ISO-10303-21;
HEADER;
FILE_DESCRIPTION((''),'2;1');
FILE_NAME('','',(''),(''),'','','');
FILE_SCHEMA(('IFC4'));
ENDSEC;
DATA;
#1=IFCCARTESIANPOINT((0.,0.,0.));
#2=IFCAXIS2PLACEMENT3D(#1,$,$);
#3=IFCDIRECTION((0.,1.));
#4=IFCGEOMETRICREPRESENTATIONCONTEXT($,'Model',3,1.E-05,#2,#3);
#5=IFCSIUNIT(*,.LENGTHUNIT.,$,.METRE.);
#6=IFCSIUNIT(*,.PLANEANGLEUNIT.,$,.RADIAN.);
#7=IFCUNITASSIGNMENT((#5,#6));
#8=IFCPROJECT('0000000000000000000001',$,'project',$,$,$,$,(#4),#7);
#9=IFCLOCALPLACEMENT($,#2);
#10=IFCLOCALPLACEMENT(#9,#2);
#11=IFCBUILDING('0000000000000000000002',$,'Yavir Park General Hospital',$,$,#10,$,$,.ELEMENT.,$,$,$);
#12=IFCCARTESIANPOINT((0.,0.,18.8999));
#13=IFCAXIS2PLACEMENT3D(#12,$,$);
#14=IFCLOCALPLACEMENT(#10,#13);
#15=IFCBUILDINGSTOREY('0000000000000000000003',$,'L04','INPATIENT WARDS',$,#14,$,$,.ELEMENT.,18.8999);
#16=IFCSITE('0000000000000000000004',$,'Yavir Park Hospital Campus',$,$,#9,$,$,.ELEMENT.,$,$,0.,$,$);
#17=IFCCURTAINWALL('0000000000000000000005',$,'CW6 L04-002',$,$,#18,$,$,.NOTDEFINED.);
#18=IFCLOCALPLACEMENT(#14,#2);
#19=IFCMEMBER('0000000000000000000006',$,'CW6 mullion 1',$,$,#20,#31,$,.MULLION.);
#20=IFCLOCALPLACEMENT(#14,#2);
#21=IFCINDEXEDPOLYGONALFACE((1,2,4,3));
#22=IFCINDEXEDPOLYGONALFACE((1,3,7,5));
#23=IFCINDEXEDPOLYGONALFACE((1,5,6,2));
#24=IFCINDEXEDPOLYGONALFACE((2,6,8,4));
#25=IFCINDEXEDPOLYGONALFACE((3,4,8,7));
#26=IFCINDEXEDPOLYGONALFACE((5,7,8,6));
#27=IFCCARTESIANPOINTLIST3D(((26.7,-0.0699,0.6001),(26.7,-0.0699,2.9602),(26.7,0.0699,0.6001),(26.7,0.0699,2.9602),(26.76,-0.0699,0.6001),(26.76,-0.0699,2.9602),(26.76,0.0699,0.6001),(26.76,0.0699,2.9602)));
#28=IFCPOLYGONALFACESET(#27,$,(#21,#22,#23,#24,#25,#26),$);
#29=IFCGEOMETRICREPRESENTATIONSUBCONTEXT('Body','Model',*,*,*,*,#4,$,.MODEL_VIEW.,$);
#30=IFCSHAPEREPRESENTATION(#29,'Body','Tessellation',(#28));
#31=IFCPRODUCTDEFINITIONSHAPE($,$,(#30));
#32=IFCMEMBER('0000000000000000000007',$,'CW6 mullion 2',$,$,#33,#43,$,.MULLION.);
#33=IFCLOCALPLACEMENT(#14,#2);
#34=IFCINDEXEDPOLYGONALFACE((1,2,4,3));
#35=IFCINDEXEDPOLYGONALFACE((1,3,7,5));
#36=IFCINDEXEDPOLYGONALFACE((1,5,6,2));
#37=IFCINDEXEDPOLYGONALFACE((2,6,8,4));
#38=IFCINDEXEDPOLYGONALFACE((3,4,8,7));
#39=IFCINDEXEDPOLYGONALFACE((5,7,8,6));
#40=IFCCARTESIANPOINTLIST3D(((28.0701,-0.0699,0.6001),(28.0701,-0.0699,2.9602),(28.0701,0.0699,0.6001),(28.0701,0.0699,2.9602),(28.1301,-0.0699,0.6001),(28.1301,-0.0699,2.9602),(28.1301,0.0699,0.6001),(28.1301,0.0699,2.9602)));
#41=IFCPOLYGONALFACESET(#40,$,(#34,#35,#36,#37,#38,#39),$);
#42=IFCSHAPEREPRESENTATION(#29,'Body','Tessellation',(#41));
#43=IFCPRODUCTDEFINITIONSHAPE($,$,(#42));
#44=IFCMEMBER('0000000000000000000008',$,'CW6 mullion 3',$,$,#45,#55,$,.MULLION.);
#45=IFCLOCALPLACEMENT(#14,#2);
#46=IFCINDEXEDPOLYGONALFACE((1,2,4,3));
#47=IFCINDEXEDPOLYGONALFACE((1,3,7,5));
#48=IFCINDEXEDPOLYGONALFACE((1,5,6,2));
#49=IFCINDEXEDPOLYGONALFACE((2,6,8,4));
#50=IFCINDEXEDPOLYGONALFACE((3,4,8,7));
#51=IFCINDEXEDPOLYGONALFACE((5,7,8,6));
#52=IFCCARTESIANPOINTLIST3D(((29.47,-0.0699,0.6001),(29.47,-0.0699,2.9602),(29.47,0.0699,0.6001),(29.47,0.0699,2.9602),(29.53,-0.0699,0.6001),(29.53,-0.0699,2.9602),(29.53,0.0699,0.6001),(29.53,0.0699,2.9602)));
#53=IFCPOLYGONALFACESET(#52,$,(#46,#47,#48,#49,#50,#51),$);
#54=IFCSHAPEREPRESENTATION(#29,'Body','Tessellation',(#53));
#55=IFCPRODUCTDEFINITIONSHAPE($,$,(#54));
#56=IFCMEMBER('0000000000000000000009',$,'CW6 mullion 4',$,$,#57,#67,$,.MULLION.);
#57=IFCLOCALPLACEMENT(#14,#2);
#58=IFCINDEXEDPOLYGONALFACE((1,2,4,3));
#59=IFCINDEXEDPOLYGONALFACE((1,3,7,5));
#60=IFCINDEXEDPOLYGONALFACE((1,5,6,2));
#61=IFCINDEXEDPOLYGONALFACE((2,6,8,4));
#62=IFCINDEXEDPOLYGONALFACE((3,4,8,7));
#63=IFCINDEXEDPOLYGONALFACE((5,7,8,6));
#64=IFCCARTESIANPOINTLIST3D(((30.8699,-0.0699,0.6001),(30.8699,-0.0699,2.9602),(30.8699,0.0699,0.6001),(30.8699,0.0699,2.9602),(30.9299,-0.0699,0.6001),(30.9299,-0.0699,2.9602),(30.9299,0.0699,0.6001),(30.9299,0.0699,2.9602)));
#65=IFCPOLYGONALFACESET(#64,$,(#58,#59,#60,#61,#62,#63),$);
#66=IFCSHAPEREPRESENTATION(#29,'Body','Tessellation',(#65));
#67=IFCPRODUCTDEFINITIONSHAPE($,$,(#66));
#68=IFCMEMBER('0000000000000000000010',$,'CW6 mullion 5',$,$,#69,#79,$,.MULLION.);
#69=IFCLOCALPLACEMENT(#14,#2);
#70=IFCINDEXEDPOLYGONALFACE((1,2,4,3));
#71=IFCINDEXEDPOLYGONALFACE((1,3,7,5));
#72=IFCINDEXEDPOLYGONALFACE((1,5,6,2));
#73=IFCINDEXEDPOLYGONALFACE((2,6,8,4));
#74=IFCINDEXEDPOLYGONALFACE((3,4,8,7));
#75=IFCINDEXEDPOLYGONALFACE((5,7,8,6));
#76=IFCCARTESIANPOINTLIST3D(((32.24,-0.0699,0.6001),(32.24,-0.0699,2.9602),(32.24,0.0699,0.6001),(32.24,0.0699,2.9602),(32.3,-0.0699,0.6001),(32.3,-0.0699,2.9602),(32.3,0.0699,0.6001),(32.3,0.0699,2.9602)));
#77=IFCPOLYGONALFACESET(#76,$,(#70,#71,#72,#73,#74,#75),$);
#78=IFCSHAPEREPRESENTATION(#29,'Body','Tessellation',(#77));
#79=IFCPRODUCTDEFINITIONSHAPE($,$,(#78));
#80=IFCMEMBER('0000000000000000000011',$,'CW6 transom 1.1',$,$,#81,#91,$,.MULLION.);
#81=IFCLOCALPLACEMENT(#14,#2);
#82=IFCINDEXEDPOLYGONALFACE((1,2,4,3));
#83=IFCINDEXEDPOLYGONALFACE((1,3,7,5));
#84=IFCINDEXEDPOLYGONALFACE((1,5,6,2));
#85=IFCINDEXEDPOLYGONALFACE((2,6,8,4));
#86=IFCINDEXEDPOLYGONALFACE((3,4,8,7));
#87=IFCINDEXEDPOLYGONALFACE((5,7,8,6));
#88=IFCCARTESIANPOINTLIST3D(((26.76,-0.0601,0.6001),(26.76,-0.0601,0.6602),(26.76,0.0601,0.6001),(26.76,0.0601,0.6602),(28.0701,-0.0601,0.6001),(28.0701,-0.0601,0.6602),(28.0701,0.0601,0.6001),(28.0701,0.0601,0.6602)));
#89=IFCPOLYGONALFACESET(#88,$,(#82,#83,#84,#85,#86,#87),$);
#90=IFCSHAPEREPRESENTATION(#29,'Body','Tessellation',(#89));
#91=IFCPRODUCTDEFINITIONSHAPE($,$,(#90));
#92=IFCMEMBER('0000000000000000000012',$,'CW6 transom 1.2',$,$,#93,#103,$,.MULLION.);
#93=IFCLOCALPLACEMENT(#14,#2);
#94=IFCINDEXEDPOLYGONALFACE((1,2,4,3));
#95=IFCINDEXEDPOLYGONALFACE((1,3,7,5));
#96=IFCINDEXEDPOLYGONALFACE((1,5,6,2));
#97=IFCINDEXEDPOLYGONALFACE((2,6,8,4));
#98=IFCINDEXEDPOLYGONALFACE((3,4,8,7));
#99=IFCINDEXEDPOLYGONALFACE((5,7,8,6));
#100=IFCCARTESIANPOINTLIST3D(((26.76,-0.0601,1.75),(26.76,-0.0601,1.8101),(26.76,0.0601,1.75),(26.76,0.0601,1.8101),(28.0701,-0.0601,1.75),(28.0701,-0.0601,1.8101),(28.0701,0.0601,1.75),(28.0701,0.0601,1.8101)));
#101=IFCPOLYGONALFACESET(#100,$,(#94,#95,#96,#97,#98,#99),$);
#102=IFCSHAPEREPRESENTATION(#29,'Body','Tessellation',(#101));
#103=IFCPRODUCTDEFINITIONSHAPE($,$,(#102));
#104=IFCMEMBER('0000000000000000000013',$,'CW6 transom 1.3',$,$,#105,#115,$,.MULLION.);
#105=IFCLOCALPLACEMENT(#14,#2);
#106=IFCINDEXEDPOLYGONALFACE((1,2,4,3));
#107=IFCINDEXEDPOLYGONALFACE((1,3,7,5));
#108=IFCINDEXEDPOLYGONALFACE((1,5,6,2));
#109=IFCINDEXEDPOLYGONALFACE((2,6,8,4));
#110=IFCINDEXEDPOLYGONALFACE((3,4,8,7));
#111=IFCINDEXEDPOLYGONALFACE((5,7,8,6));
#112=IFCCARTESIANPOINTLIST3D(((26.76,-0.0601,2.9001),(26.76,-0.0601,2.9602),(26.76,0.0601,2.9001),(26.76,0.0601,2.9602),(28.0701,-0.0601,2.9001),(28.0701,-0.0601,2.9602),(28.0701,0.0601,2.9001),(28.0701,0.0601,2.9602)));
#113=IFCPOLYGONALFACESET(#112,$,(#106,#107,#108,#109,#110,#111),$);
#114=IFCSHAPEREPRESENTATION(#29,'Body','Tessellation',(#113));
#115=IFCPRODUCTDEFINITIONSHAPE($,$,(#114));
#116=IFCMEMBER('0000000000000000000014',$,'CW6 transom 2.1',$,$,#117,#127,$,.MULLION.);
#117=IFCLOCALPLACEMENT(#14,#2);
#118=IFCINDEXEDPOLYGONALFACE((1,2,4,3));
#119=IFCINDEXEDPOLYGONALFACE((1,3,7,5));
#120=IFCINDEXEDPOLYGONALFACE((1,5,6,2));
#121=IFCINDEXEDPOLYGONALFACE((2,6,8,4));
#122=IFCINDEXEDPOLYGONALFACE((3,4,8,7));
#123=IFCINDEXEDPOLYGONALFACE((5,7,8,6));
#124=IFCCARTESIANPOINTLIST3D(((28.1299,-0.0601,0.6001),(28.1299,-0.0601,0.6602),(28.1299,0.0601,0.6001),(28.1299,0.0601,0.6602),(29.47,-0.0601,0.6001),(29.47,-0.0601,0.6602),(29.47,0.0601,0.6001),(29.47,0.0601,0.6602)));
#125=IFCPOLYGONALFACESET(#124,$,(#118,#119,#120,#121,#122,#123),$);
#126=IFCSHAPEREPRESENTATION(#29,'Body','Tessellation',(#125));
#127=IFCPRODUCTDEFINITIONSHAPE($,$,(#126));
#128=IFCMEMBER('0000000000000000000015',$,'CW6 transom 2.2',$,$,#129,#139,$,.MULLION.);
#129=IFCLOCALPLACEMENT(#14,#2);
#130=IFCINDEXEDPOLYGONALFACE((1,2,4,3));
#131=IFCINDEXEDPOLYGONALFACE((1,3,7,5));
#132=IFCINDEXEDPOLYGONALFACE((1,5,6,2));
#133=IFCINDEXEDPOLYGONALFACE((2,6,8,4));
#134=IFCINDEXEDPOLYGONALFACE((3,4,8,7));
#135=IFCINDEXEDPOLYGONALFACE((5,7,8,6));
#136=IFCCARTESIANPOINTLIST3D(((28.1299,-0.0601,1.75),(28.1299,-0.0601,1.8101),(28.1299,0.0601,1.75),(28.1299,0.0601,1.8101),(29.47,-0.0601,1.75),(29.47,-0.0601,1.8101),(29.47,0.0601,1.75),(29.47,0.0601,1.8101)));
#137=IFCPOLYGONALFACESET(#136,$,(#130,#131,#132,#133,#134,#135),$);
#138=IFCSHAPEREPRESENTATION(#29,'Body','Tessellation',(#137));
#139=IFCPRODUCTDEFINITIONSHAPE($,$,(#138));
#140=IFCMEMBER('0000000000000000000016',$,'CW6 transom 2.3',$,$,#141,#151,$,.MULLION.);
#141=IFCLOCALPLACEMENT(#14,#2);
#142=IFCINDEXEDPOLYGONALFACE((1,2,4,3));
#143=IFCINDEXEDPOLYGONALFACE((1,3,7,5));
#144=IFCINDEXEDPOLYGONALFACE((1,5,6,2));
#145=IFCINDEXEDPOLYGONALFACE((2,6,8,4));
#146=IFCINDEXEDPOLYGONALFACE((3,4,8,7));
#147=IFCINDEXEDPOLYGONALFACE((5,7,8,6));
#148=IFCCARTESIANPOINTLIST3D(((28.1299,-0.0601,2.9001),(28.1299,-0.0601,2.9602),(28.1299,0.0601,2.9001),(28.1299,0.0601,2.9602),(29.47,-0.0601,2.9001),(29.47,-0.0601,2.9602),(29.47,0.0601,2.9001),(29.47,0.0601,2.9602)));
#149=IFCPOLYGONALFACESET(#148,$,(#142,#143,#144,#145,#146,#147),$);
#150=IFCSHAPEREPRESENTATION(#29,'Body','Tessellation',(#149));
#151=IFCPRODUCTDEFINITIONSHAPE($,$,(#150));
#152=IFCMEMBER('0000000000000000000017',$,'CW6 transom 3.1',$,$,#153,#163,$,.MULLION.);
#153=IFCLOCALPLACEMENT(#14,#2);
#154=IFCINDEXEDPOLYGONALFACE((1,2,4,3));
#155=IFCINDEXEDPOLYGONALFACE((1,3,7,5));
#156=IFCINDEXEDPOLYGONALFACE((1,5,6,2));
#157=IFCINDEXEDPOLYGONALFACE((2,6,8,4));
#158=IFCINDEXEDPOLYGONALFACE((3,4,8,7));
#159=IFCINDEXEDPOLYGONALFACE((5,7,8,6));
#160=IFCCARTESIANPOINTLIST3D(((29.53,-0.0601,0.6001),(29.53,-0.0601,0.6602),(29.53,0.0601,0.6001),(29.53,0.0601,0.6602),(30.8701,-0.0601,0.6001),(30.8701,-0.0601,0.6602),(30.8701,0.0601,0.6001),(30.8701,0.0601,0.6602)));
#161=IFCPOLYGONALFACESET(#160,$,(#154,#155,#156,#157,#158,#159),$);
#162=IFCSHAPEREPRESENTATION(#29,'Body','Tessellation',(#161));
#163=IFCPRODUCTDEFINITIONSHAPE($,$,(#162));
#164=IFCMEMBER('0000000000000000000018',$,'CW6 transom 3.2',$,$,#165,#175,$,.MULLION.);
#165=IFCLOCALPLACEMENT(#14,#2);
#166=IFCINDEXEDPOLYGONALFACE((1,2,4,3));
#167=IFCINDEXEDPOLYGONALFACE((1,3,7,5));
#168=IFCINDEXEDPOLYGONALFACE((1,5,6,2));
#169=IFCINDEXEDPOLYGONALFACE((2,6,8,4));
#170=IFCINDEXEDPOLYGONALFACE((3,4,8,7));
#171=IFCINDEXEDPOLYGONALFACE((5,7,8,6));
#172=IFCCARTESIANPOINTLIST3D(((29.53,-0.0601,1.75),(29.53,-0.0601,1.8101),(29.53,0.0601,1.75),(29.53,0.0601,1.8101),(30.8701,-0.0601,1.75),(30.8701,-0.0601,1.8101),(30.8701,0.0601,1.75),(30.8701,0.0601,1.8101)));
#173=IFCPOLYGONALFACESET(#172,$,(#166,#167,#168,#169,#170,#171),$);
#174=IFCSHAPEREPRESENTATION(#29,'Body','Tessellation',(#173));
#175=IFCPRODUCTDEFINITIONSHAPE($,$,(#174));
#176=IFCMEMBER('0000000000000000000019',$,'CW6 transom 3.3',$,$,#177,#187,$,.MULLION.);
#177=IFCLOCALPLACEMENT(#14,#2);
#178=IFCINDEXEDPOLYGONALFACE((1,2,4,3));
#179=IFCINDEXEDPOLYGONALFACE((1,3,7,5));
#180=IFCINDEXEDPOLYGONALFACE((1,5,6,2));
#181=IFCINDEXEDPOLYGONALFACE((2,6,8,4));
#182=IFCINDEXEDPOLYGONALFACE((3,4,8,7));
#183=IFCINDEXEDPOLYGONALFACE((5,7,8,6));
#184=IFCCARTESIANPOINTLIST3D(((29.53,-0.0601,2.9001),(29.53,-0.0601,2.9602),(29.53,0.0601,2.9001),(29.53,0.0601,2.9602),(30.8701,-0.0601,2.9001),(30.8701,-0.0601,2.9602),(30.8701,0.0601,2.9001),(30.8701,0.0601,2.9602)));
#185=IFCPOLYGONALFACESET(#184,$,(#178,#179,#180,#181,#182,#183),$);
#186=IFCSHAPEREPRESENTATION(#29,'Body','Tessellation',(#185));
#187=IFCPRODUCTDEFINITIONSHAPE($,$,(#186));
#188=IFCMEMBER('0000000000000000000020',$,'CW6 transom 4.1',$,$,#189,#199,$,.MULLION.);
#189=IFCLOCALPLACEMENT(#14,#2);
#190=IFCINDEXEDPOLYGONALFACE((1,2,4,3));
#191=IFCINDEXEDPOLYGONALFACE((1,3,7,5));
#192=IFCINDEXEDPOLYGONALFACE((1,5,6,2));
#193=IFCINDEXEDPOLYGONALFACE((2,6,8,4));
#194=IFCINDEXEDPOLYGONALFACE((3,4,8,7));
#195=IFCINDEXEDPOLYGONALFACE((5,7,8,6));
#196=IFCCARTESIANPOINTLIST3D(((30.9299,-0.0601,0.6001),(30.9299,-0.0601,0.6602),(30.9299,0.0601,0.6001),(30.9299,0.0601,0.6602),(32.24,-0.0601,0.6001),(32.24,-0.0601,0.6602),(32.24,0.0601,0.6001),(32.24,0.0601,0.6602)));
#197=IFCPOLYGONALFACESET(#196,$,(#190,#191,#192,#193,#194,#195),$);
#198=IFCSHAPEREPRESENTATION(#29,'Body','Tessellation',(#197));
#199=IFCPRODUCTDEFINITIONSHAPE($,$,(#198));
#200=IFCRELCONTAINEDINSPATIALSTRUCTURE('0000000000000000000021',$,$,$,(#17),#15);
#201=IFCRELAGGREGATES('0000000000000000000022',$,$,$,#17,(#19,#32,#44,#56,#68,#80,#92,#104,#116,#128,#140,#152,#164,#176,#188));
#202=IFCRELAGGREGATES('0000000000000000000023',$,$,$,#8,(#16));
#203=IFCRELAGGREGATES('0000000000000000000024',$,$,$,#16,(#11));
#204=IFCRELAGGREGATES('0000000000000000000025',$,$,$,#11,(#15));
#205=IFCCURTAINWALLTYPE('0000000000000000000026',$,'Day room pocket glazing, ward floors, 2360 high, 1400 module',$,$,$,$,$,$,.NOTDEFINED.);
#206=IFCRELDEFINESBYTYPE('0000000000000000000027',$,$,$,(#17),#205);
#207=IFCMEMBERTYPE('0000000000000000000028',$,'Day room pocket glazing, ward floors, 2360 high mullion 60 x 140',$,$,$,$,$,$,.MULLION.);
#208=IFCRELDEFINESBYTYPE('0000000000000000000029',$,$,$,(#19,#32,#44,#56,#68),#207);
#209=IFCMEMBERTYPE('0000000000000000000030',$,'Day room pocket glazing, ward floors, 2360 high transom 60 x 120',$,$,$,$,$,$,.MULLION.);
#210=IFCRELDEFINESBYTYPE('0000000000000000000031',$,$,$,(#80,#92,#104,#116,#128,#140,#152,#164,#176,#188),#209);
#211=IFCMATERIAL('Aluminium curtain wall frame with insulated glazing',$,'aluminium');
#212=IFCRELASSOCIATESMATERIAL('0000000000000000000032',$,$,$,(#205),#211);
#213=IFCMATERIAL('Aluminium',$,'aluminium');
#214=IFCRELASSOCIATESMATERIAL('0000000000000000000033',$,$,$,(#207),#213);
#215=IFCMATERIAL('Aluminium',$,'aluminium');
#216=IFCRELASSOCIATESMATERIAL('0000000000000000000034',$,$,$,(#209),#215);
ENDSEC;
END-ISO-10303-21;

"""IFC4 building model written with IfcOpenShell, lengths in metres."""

from ifc_helpers import new_model, si_unit, direction, frame, origin, origin_2d, place, context, subcontext, project, spatial, rectangle, extrude, material, material_profile, profile_set, type_object, element, aggregate, save


model = new_model("IFC4")

# Units and contexts
model_context = context("Model", 3, precision=1e-05, world=origin(), true_north=direction((0.0, 1.0)))
body_context = subcontext(model_context, "Body", "Model", "MODEL_VIEW")
ifc_project = project(units=[si_unit("LENGTHUNIT", "METRE"), si_unit("PLANEANGLEUNIT", "RADIAN")], contexts=[model_context])

# Site, building, storey
site_placement = place(None, origin())
site = spatial("IfcSite", under=ifc_project, at=site_placement, Name="Yavir Park Hospital Campus", CompositionType="ELEMENT", RefElevation=0.0)
building_placement = place(site_placement, origin())
building = spatial("IfcBuilding", under=site, at=building_placement, Name="Yavir Park General Hospital", CompositionType="ELEMENT")
storey_placement = place(building_placement, frame((0.0, 0.0, 18.8999)))
storey = spatial("IfcBuildingStorey", under=building, at=storey_placement, Name="L04", Description="INPATIENT WARDS", CompositionType="ELEMENT", Elevation=18.8999)

# Curtain wall, members
ifc_material_1 = material(Name="Aluminium curtain wall frame with insulated glazing", Category="aluminium")
curtain_wall_type_1 = type_object("IfcCurtainWallType", Name="Day room pocket glazing, ward floors, 2360 high, 1400 module", PredefinedType="NOTDEFINED", material=ifc_material_1)
curtain_wall_1_placement = place(storey_placement, origin())
curtain_wall_1 = element("IfcCurtainWall", 1, at=curtain_wall_1_placement, inside=storey, type_object=curtain_wall_type_1, Name="CW6 L04-002", PredefinedType="NOTDEFINED")
ifc_material_2 = material(Name="Aluminium", Category="aluminium")
ifc_material_profile_1 = material_profile(ifc_material_2, rectangle(XDim=0.1399, YDim=0.0601, at=origin_2d()), Name="AL 60x140")
ifc_profile_set_1 = profile_set([ifc_material_profile_1], Name="Aluminium")
member_type_1 = type_object("IfcMemberType", Name="Day room pocket glazing, ward floors, 2360 high mullion 60 x 140", PredefinedType="MULLION", material=ifc_profile_set_1)
member_1_placement = place(storey_placement, frame((26.73, 0.0, 0.6001), z_axis=(0.0, 0.0, 1.0), x_axis=(0.0, 1.0, 0.0)))
member_1 = element("IfcMember", 2, at=member_1_placement, type_object=member_type_1, Name="CW6 mullion 1", PredefinedType="MULLION", context=body_context, shape_type="SweptSolid", body=[
    extrude(rectangle(XDim=0.1399, YDim=0.0601, at=origin_2d()), origin(), (0.0, 0.0, 1.0), 2.3601),
])
member_2_placement = place(storey_placement, frame((28.1001, 0.0, 0.6001), z_axis=(0.0, 0.0, 1.0), x_axis=(0.0, 1.0, 0.0)))
member_2 = element("IfcMember", 3, at=member_2_placement, type_object=member_type_1, Name="CW6 mullion 2", PredefinedType="MULLION", context=body_context, shape_type="SweptSolid", body=[
    extrude(rectangle(XDim=0.1399, YDim=0.0601, at=origin_2d()), origin(), (0.0, 0.0, 1.0), 2.3601),
])
member_3_placement = place(storey_placement, frame((29.5, 0.0, 0.6001), z_axis=(0.0, 0.0, 1.0), x_axis=(0.0, 1.0, 0.0)))
member_3 = element("IfcMember", 4, at=member_3_placement, type_object=member_type_1, Name="CW6 mullion 3", PredefinedType="MULLION", context=body_context, shape_type="SweptSolid", body=[
    extrude(rectangle(XDim=0.1399, YDim=0.0601, at=origin_2d()), origin(), (0.0, 0.0, 1.0), 2.3601),
])
member_4_placement = place(storey_placement, frame((30.8999, 0.0, 0.6001), z_axis=(0.0, 0.0, 1.0), x_axis=(0.0, 1.0, 0.0)))
member_4 = element("IfcMember", 5, at=member_4_placement, type_object=member_type_1, Name="CW6 mullion 4", PredefinedType="MULLION", context=body_context, shape_type="SweptSolid", body=[
    extrude(rectangle(XDim=0.1399, YDim=0.0601, at=origin_2d()), origin(), (0.0, 0.0, 1.0), 2.3601),
])
member_5_placement = place(storey_placement, frame((32.27, 0.0, 0.6001), z_axis=(0.0, 0.0, 1.0), x_axis=(0.0, 1.0, 0.0)))
member_5 = element("IfcMember", 6, at=member_5_placement, type_object=member_type_1, Name="CW6 mullion 5", PredefinedType="MULLION", context=body_context, shape_type="SweptSolid", body=[
    extrude(rectangle(XDim=0.1399, YDim=0.0601, at=origin_2d()), origin(), (0.0, 0.0, 1.0), 2.3601),
])
ifc_material_3 = material(Name="Aluminium", Category="aluminium")
ifc_material_profile_2 = material_profile(ifc_material_3, rectangle(XDim=0.1201, YDim=0.0601, at=origin_2d()), Name="AL 120x60")
ifc_profile_set_2 = profile_set([ifc_material_profile_2], Name="Aluminium")
member_type_2 = type_object("IfcMemberType", Name="Day room pocket glazing, ward floors, 2360 high transom 60 x 120", PredefinedType="MULLION", material=ifc_profile_set_2)
member_6_placement = place(storey_placement, frame((26.76, 0.0, 0.6301), z_axis=(1.0, 0.0, 0.0), x_axis=(0.0, 1.0, 0.0)))
member_6 = element("IfcMember", 7, at=member_6_placement, type_object=member_type_2, Name="CW6 transom 1.1", PredefinedType="MULLION", context=body_context, shape_type="SweptSolid", body=[
    extrude(rectangle(XDim=0.1201, YDim=0.0601, at=origin_2d()), origin(), (0.0, 0.0, 1.0), 1.3101),
])
member_7_placement = place(storey_placement, frame((26.76, 0.0, 1.78), z_axis=(1.0, 0.0, 0.0), x_axis=(0.0, 1.0, 0.0)))
member_7 = element("IfcMember", 8, at=member_7_placement, type_object=member_type_2, Name="CW6 transom 1.2", PredefinedType="MULLION", context=body_context, shape_type="SweptSolid", body=[
    extrude(rectangle(XDim=0.1201, YDim=0.0601, at=origin_2d()), origin(), (0.0, 0.0, 1.0), 1.3101),
])
member_8_placement = place(storey_placement, frame((26.76, 0.0, 2.9302), z_axis=(1.0, 0.0, 0.0), x_axis=(0.0, 1.0, 0.0)))
member_8 = element("IfcMember", 9, at=member_8_placement, type_object=member_type_2, Name="CW6 transom 1.3", PredefinedType="MULLION", context=body_context, shape_type="SweptSolid", body=[
    extrude(rectangle(XDim=0.1201, YDim=0.0601, at=origin_2d()), origin(), (0.0, 0.0, 1.0), 1.3101),
])
member_9_placement = place(storey_placement, frame((28.1299, 0.0, 0.6301), z_axis=(1.0, 0.0, 0.0), x_axis=(0.0, 1.0, 0.0)))
member_9 = element("IfcMember", 10, at=member_9_placement, type_object=member_type_2, Name="CW6 transom 2.1", PredefinedType="MULLION", context=body_context, shape_type="SweptSolid", body=[
    extrude(rectangle(XDim=0.1201, YDim=0.0601, at=origin_2d()), origin(), (0.0, 0.0, 1.0), 1.3401),
])
member_10_placement = place(storey_placement, frame((28.1299, 0.0, 1.78), z_axis=(1.0, 0.0, 0.0), x_axis=(0.0, 1.0, 0.0)))
member_10 = element("IfcMember", 11, at=member_10_placement, type_object=member_type_2, Name="CW6 transom 2.2", PredefinedType="MULLION", context=body_context, shape_type="SweptSolid", body=[
    extrude(rectangle(XDim=0.1201, YDim=0.0601, at=origin_2d()), origin(), (0.0, 0.0, 1.0), 1.3401),
])
member_11_placement = place(storey_placement, frame((28.1299, 0.0, 2.9302), z_axis=(1.0, 0.0, 0.0), x_axis=(0.0, 1.0, 0.0)))
member_11 = element("IfcMember", 12, at=member_11_placement, type_object=member_type_2, Name="CW6 transom 2.3", PredefinedType="MULLION", context=body_context, shape_type="SweptSolid", body=[
    extrude(rectangle(XDim=0.1201, YDim=0.0601, at=origin_2d()), origin(), (0.0, 0.0, 1.0), 1.3401),
])
member_12_placement = place(storey_placement, frame((29.53, 0.0, 0.6301), z_axis=(1.0, 0.0, 0.0), x_axis=(0.0, 1.0, 0.0)))
member_12 = element("IfcMember", 13, at=member_12_placement, type_object=member_type_2, Name="CW6 transom 3.1", PredefinedType="MULLION", context=body_context, shape_type="SweptSolid", body=[
    extrude(rectangle(XDim=0.1201, YDim=0.0601, at=origin_2d()), origin(), (0.0, 0.0, 1.0), 1.3401),
])
member_13_placement = place(storey_placement, frame((29.53, 0.0, 1.78), z_axis=(1.0, 0.0, 0.0), x_axis=(0.0, 1.0, 0.0)))
member_13 = element("IfcMember", 14, at=member_13_placement, type_object=member_type_2, Name="CW6 transom 3.2", PredefinedType="MULLION", context=body_context, shape_type="SweptSolid", body=[
    extrude(rectangle(XDim=0.1201, YDim=0.0601, at=origin_2d()), origin(), (0.0, 0.0, 1.0), 1.3401),
])
member_14_placement = place(storey_placement, frame((29.53, 0.0, 2.9302), z_axis=(1.0, 0.0, 0.0), x_axis=(0.0, 1.0, 0.0)))
member_14 = element("IfcMember", 15, at=member_14_placement, type_object=member_type_2, Name="CW6 transom 3.3", PredefinedType="MULLION", context=body_context, shape_type="SweptSolid", body=[
    extrude(rectangle(XDim=0.1201, YDim=0.0601, at=origin_2d()), origin(), (0.0, 0.0, 1.0), 1.3401),
])
member_15_placement = place(storey_placement, frame((30.9299, 0.0, 0.6301), z_axis=(1.0, 0.0, 0.0), x_axis=(0.0, 1.0, 0.0)))
member_15 = element("IfcMember", 16, at=member_15_placement, type_object=member_type_2, Name="CW6 transom 4.1", PredefinedType="MULLION", context=body_context, shape_type="SweptSolid", body=[
    extrude(rectangle(XDim=0.1201, YDim=0.0601, at=origin_2d()), origin(), (0.0, 0.0, 1.0), 1.3101),
])

aggregate(curtain_wall_1, [member_1, member_2, member_3, member_4, member_5, member_6, member_7, member_8, member_9, member_10, member_11, member_12, member_13, member_14, member_15])

save(model, "model.ifc")
